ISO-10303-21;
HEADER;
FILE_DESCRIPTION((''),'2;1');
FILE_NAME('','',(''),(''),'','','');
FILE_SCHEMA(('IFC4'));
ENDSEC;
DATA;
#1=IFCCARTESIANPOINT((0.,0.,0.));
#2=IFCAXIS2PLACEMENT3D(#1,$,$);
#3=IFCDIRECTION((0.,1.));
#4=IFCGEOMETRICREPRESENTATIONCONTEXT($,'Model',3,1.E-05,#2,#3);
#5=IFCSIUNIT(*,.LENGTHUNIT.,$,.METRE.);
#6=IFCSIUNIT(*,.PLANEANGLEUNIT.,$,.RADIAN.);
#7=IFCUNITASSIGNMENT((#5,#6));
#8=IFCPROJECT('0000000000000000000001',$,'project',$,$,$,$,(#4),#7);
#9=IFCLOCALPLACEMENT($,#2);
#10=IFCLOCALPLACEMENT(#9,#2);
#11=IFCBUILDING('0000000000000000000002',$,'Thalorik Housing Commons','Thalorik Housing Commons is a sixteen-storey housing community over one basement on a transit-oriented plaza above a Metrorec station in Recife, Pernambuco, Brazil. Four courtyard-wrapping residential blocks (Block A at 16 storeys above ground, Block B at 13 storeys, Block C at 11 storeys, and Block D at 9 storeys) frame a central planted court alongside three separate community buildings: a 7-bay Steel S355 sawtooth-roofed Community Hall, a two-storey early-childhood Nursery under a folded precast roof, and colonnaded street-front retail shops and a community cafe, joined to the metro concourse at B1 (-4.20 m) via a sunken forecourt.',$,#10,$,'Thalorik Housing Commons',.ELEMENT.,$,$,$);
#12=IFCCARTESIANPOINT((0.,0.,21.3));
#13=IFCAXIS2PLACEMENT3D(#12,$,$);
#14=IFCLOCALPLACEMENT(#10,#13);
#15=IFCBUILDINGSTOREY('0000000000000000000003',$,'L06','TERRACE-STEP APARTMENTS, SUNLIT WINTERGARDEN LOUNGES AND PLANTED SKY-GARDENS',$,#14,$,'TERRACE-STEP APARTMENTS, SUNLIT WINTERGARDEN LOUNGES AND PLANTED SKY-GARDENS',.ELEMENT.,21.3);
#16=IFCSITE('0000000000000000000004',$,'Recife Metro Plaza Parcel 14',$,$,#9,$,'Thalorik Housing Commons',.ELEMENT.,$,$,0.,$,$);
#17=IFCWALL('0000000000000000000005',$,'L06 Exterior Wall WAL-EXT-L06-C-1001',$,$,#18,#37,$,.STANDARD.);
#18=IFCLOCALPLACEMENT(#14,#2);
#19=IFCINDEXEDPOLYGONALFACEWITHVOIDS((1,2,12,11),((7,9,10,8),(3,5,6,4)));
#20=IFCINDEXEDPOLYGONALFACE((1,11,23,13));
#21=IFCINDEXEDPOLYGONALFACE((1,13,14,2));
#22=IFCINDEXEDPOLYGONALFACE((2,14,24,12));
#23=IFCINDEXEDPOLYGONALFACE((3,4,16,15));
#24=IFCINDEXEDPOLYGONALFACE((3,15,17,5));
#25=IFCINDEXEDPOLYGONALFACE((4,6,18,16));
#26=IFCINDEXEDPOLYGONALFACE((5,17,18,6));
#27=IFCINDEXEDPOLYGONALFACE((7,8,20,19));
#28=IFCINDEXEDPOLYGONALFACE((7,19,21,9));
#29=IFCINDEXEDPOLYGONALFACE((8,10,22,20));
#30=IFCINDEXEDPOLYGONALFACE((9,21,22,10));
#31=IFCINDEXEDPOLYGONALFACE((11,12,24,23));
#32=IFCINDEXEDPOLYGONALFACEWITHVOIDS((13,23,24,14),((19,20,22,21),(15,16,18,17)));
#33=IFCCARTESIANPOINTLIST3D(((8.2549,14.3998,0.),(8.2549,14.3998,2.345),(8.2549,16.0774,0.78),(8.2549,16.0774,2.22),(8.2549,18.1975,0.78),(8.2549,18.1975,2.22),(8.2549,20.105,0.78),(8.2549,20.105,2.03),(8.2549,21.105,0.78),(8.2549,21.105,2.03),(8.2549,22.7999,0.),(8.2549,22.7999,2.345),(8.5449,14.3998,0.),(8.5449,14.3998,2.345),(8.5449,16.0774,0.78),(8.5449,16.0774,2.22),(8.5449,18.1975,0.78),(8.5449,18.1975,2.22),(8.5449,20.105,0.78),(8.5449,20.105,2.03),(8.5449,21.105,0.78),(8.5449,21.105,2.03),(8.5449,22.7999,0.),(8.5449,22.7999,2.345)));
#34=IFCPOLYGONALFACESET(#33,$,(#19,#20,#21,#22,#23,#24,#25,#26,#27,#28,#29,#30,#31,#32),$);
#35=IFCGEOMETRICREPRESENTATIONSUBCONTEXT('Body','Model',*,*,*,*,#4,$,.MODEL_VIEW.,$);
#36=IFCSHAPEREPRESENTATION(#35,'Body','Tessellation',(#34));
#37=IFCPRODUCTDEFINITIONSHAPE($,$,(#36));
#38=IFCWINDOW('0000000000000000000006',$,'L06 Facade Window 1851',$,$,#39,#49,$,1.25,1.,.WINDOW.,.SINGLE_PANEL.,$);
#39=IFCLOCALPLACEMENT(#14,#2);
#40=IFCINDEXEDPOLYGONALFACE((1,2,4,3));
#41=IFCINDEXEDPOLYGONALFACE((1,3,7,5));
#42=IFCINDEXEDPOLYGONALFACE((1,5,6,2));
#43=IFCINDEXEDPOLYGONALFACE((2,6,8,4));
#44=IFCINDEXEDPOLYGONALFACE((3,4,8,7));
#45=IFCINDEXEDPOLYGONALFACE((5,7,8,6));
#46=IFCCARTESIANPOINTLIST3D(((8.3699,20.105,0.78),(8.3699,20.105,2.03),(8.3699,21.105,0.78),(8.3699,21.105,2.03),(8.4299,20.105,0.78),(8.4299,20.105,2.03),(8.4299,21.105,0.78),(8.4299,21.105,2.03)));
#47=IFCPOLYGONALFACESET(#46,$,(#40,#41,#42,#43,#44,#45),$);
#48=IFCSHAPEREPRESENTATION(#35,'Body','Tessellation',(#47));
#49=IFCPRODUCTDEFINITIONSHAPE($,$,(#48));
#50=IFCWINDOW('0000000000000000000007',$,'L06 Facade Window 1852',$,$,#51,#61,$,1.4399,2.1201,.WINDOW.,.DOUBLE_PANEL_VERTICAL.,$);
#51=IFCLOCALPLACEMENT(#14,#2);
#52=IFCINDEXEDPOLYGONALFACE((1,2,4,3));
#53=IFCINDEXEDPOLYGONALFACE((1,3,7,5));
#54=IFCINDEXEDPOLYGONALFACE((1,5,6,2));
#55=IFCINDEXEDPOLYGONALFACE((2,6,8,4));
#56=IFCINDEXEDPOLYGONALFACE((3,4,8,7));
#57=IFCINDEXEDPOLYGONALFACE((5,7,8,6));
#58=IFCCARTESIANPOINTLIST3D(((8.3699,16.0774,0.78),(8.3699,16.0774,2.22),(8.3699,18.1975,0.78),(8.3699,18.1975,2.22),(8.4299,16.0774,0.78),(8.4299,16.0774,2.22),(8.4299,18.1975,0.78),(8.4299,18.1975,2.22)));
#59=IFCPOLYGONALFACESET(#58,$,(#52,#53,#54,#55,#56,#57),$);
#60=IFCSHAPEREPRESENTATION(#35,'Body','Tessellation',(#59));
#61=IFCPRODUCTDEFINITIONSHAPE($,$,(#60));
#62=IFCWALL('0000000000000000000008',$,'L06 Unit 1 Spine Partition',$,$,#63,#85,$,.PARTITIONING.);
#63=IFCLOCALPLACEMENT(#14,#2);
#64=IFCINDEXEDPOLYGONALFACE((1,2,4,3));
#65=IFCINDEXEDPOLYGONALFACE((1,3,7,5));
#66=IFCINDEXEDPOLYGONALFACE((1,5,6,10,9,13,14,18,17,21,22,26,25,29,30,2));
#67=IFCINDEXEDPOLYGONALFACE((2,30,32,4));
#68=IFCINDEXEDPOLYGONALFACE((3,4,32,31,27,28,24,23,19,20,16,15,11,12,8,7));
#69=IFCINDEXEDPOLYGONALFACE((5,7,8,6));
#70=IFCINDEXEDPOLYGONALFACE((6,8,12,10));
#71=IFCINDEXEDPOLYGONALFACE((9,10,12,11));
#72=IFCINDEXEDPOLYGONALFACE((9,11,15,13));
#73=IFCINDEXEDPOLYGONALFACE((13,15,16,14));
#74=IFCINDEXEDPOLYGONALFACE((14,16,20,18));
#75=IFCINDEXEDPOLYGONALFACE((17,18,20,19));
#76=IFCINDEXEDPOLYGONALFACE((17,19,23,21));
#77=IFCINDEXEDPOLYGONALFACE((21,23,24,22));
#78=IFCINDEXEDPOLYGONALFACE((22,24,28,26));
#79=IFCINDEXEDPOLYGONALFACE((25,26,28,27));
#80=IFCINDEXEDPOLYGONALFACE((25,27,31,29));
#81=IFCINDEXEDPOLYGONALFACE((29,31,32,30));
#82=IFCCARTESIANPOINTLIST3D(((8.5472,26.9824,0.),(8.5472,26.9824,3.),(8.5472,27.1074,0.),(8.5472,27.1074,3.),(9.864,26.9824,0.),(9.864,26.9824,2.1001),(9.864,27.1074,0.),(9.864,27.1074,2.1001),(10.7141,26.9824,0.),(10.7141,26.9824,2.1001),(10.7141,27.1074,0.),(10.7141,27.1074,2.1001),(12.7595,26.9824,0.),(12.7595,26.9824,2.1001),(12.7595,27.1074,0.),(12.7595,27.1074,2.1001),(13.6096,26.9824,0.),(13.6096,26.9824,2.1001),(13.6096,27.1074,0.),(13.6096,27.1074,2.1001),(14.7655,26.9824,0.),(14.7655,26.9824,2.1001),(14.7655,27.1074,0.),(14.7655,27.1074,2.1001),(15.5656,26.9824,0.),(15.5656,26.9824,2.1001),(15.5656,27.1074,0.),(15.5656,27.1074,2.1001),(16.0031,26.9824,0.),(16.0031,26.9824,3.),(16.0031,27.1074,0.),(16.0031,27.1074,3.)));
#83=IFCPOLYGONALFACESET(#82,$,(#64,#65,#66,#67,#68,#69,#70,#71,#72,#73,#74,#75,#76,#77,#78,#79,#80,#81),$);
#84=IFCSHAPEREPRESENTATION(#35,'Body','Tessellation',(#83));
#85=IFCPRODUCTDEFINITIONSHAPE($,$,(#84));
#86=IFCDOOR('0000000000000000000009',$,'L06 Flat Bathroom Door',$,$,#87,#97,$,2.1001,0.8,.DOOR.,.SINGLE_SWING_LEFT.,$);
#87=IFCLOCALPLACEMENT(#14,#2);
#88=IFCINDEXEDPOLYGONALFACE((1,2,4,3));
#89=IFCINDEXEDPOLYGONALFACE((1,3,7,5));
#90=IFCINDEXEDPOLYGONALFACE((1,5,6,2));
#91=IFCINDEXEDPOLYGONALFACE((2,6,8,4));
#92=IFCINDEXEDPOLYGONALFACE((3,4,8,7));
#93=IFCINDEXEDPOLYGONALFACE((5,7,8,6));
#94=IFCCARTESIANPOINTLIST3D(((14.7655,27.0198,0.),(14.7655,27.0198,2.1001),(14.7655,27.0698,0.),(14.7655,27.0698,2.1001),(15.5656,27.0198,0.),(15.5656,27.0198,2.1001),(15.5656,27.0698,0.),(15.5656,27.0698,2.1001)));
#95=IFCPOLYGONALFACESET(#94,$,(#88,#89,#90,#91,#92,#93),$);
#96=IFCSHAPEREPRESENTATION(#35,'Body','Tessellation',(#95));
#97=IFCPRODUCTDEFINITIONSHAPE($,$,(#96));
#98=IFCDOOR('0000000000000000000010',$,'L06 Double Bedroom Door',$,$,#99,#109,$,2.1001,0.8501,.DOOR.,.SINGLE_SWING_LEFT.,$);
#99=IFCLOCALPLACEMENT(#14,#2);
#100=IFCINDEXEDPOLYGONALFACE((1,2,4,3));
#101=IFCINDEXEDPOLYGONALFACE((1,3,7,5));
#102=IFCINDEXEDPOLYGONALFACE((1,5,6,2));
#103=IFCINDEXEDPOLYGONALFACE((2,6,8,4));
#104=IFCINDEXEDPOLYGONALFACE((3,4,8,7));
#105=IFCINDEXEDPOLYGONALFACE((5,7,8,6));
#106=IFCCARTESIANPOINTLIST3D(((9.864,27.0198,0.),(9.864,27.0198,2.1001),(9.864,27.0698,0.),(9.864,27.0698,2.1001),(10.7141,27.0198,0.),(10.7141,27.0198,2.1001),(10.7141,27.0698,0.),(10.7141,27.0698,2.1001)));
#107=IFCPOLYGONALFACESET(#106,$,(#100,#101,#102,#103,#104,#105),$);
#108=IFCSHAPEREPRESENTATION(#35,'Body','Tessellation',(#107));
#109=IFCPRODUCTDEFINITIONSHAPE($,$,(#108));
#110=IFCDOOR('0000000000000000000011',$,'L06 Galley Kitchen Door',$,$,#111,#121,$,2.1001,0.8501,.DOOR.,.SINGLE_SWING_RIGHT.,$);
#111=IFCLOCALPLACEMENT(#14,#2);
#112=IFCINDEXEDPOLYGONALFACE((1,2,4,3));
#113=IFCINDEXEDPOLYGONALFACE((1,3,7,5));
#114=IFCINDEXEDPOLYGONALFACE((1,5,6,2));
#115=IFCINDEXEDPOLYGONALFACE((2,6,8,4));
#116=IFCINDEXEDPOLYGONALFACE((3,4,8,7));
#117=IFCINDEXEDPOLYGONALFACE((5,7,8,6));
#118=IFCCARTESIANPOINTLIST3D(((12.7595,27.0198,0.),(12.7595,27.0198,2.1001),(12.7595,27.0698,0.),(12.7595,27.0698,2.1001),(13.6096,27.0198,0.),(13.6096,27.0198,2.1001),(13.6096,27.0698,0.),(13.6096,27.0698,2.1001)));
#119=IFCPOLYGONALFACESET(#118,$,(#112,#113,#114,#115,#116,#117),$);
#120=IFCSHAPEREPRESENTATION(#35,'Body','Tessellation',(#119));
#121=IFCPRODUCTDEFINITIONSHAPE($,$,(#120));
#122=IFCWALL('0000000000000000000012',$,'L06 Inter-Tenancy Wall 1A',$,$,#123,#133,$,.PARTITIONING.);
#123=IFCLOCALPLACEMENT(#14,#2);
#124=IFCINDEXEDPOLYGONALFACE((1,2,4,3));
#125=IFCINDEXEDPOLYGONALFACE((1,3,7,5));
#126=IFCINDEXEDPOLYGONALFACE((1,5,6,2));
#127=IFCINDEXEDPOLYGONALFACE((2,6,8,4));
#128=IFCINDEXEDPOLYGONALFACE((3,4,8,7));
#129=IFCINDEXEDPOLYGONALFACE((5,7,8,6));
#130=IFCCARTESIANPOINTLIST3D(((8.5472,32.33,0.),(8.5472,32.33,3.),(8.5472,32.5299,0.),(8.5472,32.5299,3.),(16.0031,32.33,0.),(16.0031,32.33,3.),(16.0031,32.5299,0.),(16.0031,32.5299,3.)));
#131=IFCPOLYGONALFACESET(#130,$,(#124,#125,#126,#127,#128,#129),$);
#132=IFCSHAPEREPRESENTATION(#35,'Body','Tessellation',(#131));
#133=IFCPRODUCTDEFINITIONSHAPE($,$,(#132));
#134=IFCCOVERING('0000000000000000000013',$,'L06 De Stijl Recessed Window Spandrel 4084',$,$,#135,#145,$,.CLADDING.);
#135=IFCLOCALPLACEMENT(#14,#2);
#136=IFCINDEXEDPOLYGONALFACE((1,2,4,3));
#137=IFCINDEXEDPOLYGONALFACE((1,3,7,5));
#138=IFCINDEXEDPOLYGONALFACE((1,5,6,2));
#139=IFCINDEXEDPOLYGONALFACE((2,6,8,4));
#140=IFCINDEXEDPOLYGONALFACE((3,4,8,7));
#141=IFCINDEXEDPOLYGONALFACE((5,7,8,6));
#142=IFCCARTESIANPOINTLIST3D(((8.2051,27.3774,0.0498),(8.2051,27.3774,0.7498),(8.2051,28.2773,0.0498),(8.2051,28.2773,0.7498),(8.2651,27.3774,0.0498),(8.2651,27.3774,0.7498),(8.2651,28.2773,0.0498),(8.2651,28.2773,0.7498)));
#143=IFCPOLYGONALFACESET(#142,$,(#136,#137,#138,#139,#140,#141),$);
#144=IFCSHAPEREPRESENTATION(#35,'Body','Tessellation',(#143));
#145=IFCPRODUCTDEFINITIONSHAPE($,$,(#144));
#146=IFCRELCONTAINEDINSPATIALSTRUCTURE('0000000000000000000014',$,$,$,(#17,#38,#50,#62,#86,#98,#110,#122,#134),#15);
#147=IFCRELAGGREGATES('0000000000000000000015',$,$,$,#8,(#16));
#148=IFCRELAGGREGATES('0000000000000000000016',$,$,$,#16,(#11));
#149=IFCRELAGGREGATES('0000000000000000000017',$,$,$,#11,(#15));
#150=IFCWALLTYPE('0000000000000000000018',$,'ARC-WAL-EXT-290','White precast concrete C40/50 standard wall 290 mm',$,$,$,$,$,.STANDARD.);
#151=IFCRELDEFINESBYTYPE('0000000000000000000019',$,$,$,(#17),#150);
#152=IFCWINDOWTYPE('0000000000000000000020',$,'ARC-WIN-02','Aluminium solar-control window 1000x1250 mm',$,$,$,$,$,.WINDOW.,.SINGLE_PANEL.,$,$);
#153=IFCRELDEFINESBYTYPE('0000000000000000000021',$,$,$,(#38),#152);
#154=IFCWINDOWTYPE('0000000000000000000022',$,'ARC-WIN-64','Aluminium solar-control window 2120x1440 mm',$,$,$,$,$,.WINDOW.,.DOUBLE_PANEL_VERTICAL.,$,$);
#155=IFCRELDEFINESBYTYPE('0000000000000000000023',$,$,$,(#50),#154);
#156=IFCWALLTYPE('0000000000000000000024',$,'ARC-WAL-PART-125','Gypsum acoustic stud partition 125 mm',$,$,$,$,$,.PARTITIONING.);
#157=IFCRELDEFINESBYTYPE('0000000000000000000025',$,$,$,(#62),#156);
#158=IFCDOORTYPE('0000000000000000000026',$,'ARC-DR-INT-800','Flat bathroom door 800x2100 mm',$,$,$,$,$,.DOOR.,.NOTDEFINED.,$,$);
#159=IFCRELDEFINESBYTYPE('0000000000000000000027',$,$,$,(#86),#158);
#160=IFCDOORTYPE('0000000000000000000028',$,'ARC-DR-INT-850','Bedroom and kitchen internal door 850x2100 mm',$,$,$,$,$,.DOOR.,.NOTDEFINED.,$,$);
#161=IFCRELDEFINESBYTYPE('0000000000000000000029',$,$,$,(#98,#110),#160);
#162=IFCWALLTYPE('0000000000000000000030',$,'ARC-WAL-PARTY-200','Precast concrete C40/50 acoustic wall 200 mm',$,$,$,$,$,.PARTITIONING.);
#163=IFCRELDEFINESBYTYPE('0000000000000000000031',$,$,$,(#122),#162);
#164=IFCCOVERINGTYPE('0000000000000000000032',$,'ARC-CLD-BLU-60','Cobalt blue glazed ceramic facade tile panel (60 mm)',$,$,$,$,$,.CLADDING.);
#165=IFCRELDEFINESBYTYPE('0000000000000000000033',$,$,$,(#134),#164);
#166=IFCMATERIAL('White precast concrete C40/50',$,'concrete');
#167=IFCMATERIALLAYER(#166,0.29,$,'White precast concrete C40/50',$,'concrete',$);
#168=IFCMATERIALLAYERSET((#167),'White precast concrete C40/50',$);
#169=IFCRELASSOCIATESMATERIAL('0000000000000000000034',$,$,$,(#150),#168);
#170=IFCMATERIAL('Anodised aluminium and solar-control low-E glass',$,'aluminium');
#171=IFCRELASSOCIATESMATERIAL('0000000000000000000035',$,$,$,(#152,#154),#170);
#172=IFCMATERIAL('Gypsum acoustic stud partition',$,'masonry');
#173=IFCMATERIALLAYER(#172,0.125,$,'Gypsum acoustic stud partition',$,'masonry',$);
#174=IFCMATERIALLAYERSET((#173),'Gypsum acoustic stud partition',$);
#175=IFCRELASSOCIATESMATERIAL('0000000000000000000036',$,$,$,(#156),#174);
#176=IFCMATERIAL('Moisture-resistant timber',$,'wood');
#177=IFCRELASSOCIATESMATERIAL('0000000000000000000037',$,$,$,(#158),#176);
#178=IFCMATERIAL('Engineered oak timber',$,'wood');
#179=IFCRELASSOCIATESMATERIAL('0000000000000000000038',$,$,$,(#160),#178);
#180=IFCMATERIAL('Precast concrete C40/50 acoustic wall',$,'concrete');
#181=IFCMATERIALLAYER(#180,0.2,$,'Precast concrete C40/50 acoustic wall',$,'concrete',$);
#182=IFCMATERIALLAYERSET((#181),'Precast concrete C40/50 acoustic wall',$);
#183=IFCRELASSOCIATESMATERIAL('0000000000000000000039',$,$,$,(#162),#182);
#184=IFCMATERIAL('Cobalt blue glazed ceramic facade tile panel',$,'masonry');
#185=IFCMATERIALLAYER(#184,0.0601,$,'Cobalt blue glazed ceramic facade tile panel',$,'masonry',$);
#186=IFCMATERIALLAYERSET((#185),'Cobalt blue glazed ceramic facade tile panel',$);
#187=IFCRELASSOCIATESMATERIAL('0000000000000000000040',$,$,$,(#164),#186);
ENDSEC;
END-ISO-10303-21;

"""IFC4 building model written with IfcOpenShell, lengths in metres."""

from ifc_helpers import new_model, si_unit, direction, frame, frame_2d, origin, origin_2d, place, context, subcontext, project, spatial, rectangle, extrude, material, layer, layer_set, type_object, element, fill, save


model = new_model("IFC4")

# Units and contexts
model_context = context("Model", 3, precision=1e-05, world=origin(), true_north=direction((0.0, 1.0)))
body_context = subcontext(model_context, "Body", "Model", "MODEL_VIEW")
ifc_project = project(units=[si_unit("LENGTHUNIT", "METRE"), si_unit("PLANEANGLEUNIT", "RADIAN")], contexts=[model_context])

# Site, building, storey
site_placement = place(None, origin())
site = spatial("IfcSite", under=ifc_project, at=site_placement, Name="Recife Metro Plaza Parcel 14", LongName="Thalorik Housing Commons", CompositionType="ELEMENT", RefElevation=0.0)
building_placement = place(site_placement, origin())
building = spatial("IfcBuilding", under=site, at=building_placement, Name="Thalorik Housing Commons", Description="Thalorik Housing Commons is a sixteen-storey housing community over one basement on a transit-oriented plaza above a Metrorec station in Recife, Pernambuco, Brazil. Four courtyard-wrapping residential blocks (Block A at 16 storeys above ground, Block B at 13 storeys, Block C at 11 storeys, and Block D at 9 storeys) frame a central planted court alongside three separate community buildings: a 7-bay Steel S355 sawtooth-roofed Community Hall, a two-storey early-childhood Nursery under a folded precast roof, and colonnaded street-front retail shops and a community cafe, joined to the metro concourse at B1 (-4.20 m) via a sunken forecourt.", LongName="Thalorik Housing Commons", CompositionType="ELEMENT")
storey_placement = place(building_placement, frame((0.0, 0.0, 21.3)))
storey = spatial("IfcBuildingStorey", under=building, at=storey_placement, Name="L06", Description="TERRACE-STEP APARTMENTS, SUNLIT WINTERGARDEN LOUNGES AND PLANTED SKY-GARDENS", LongName="TERRACE-STEP APARTMENTS, SUNLIT WINTERGARDEN LOUNGES AND PLANTED SKY-GARDENS", CompositionType="ELEMENT", Elevation=21.3)

# Shared definitions
ifc_material_1 = material(Name="White precast concrete C40/50", Category="concrete")
ifc_layer_1 = layer(ifc_material_1, 0.29, Name="White precast concrete C40/50", Category="concrete")
ifc_layer_set_1 = layer_set([ifc_layer_1], Name="White precast concrete C40/50")
wall_type_1 = type_object("IfcWallType", Name="ARC-WAL-EXT-290", Description="White precast concrete C40/50 standard wall 290 mm", PredefinedType="STANDARD", material=ifc_layer_set_1)
ifc_material_2 = material(Name="Anodised aluminium and solar-control low-E glass", Category="aluminium")

# Wall, openings, windows
wall_1_placement = place(storey_placement, frame((8.3999, 22.8, 0.0), z_axis=(0.0, 0.0, 1.0), x_axis=(0.0, -1.0, 0.0)))
wall_1 = element("IfcWall", 1, at=wall_1_placement, inside=storey, type_object=wall_type_1, Name="L06 Exterior Wall WAL-EXT-L06-C-1001", PredefinedType="STANDARD", context=body_context, shape_type="SweptSolid", body=[
    extrude(rectangle(XDim=8.4001, YDim=0.29, at=frame_2d((4.2002, 0.0))), origin(), (0.0, 0.0, 1.0), 2.345),
])
opening_1_placement = place(wall_1_placement, frame((1.6951, 0.0, 0.78)))
opening_1 = element("IfcOpeningElement", 2, at=opening_1_placement, cuts=wall_1, PredefinedType="OPENING", context=body_context, shape_type="SweptSolid", body=[
    extrude(rectangle(XDim=1.0, YDim=1.25, at=frame_2d((0.5, 0.625))), frame((0.0, 0.155, 0.0), z_axis=(0.0, -1.0, 0.0), x_axis=(1.0, 0.0, 0.0)), (0.0, 0.0, 1.0), 0.3101),
])
opening_2_placement = place(wall_1_placement, frame((4.6025, 0.0, 0.78)))
opening_2 = element("IfcOpeningElement", 3, at=opening_2_placement, cuts=wall_1, PredefinedType="OPENING", context=body_context, shape_type="SweptSolid", body=[
    extrude(rectangle(XDim=2.1201, YDim=1.4399, at=frame_2d((1.0601, 0.72))), frame((0.0, 0.155, 0.0), z_axis=(0.0, -1.0, 0.0), x_axis=(1.0, 0.0, 0.0)), (0.0, 0.0, 1.0), 0.3101),
])
window_type_1 = type_object("IfcWindowType", Name="ARC-WIN-02", Description="Aluminium solar-control window 1000x1250 mm", PartitioningType="SINGLE_PANEL", PredefinedType="WINDOW", material=ifc_material_2)
window_1_placement = place(opening_1_placement, origin())
window_1 = element("IfcWindow", 4, at=window_1_placement, inside=storey, type_object=window_type_1, Name="L06 Facade Window 1851", OverallHeight=1.25, OverallWidth=1.0, PartitioningType="SINGLE_PANEL", PredefinedType="WINDOW", context=body_context, shape_type="SweptSolid", body=[
    extrude(rectangle(XDim=1.0, YDim=1.25, at=frame_2d((0.5, 0.625))), frame((0.0, 0.03, 0.0), z_axis=(0.0, -1.0, 0.0), x_axis=(1.0, 0.0, 0.0)), (0.0, 0.0, 1.0), 0.0601),
])
fill(opening_1, window_1)
window_type_2 = type_object("IfcWindowType", Name="ARC-WIN-64", Description="Aluminium solar-control window 2120x1440 mm", PartitioningType="DOUBLE_PANEL_VERTICAL", PredefinedType="WINDOW", material=ifc_material_2)
window_2_placement = place(opening_2_placement, origin())
window_2 = element("IfcWindow", 5, at=window_2_placement, inside=storey, type_object=window_type_2, Name="L06 Facade Window 1852", OverallHeight=1.4399, OverallWidth=2.1201, PartitioningType="DOUBLE_PANEL_VERTICAL", PredefinedType="WINDOW", context=body_context, shape_type="SweptSolid", body=[
    extrude(rectangle(XDim=2.1201, YDim=1.4399, at=frame_2d((1.0601, 0.72))), frame((0.0, 0.03, 0.0), z_axis=(0.0, -1.0, 0.0), x_axis=(1.0, 0.0, 0.0)), (0.0, 0.0, 1.0), 0.0601),
])
fill(opening_2, window_2)

# Wall, openings, doors
ifc_material_3 = material(Name="Gypsum acoustic stud partition", Category="masonry")
ifc_layer_2 = layer(ifc_material_3, 0.125, Name="Gypsum acoustic stud partition", Category="masonry")
ifc_layer_set_2 = layer_set([ifc_layer_2], Name="Gypsum acoustic stud partition")
wall_type_2 = type_object("IfcWallType", Name="ARC-WAL-PART-125", Description="Gypsum acoustic stud partition 125 mm", PredefinedType="PARTITIONING", material=ifc_layer_set_2)
wall_2_placement = place(storey_placement, frame((8.5471, 27.0449, 0.0), z_axis=(0.0, 0.0, 1.0), x_axis=(1.0, 0.0, 0.0)))
wall_2 = element("IfcWall", 6, at=wall_2_placement, inside=storey, type_object=wall_type_2, Name="L06 Unit 1 Spine Partition", PredefinedType="PARTITIONING", context=body_context, shape_type="SweptSolid", body=[
    extrude(rectangle(XDim=7.4558, YDim=0.125, at=frame_2d((3.728, 0.0))), origin(), (0.0, 0.0, 1.0), 3.0),
])
opening_3_placement = place(wall_2_placement, frame((1.3169, 0.0, 0.0)))
opening_3 = element("IfcOpeningElement", 7, at=opening_3_placement, cuts=wall_2, PredefinedType="OPENING", context=body_context, shape_type="SweptSolid", body=[
    extrude(rectangle(XDim=0.8501, YDim=2.1001, at=frame_2d((0.425, 1.05))), frame((0.0, 0.0725, 0.0), z_axis=(0.0, -1.0, 0.0), x_axis=(1.0, 0.0, 0.0)), (0.0, 0.0, 1.0), 0.145),
])
opening_4_placement = place(wall_2_placement, frame((4.2124, 0.0, 0.0)))
opening_4 = element("IfcOpeningElement", 8, at=opening_4_placement, cuts=wall_2, PredefinedType="OPENING", context=body_context, shape_type="SweptSolid", body=[
    extrude(rectangle(XDim=0.8501, YDim=2.1001, at=frame_2d((0.425, 1.05))), frame((0.0, 0.0725, 0.0), z_axis=(0.0, -1.0, 0.0), x_axis=(1.0, 0.0, 0.0)), (0.0, 0.0, 1.0), 0.145),
])
opening_5_placement = place(wall_2_placement, frame((6.2185, 0.0, 0.0)))
opening_5 = element("IfcOpeningElement", 9, at=opening_5_placement, cuts=wall_2, PredefinedType="OPENING", context=body_context, shape_type="SweptSolid", body=[
    extrude(rectangle(XDim=0.8, YDim=2.1001, at=frame_2d((0.3999, 1.05))), frame((0.0, 0.0725, 0.0), z_axis=(0.0, -1.0, 0.0), x_axis=(1.0, 0.0, 0.0)), (0.0, 0.0, 1.0), 0.145),
])
ifc_material_4 = material(Name="Moisture-resistant timber", Category="wood")
door_type_1 = type_object("IfcDoorType", Name="ARC-DR-INT-800", Description="Flat bathroom door 800x2100 mm", OperationType="NOTDEFINED", PredefinedType="DOOR", material=ifc_material_4)
door_1_placement = place(opening_5_placement, origin())
door_1 = element("IfcDoor", 10, at=door_1_placement, inside=storey, type_object=door_type_1, Name="L06 Flat Bathroom Door", OperationType="SINGLE_SWING_LEFT", OverallHeight=2.1001, OverallWidth=0.8, PredefinedType="DOOR", context=body_context, shape_type="SweptSolid", body=[
    extrude(rectangle(XDim=0.8, YDim=2.1001, at=frame_2d((0.3999, 1.05))), frame((0.0, 0.0249, 0.0), z_axis=(0.0, -1.0, 0.0), x_axis=(1.0, 0.0, 0.0)), (0.0, 0.0, 1.0), 0.05),
])
fill(opening_5, door_1)
ifc_material_5 = material(Name="Engineered oak timber", Category="wood")
door_type_2 = type_object("IfcDoorType", Name="ARC-DR-INT-850", Description="Bedroom and kitchen internal door 850x2100 mm", OperationType="NOTDEFINED", PredefinedType="DOOR", material=ifc_material_5)
door_2_placement = place(opening_3_placement, origin())
door_2 = element("IfcDoor", 11, at=door_2_placement, inside=storey, type_object=door_type_2, Name="L06 Double Bedroom Door", OperationType="SINGLE_SWING_LEFT", OverallHeight=2.1001, OverallWidth=0.8501, PredefinedType="DOOR", context=body_context, shape_type="SweptSolid", body=[
    extrude(rectangle(XDim=0.8501, YDim=2.1001, at=frame_2d((0.425, 1.05))), frame((0.0, 0.0249, 0.0), z_axis=(0.0, -1.0, 0.0), x_axis=(1.0, 0.0, 0.0)), (0.0, 0.0, 1.0), 0.05),
])
fill(opening_3, door_2)
door_3_placement = place(opening_4_placement, origin())
door_3 = element("IfcDoor", 12, at=door_3_placement, inside=storey, type_object=door_type_2, Name="L06 Galley Kitchen Door", OperationType="SINGLE_SWING_RIGHT", OverallHeight=2.1001, OverallWidth=0.8501, PredefinedType="DOOR", context=body_context, shape_type="SweptSolid", body=[
    extrude(rectangle(XDim=0.8501, YDim=2.1001, at=frame_2d((0.425, 1.05))), frame((0.0, 0.0249, 0.0), z_axis=(0.0, -1.0, 0.0), x_axis=(1.0, 0.0, 0.0)), (0.0, 0.0, 1.0), 0.05),
])
fill(opening_4, door_3)

# Wall
ifc_material_6 = material(Name="Precast concrete C40/50 acoustic wall", Category="concrete")
ifc_layer_3 = layer(ifc_material_6, 0.2, Name="Precast concrete C40/50 acoustic wall", Category="concrete")
ifc_layer_set_3 = layer_set([ifc_layer_3], Name="Precast concrete C40/50 acoustic wall")
wall_type_3 = type_object("IfcWallType", Name="ARC-WAL-PARTY-200", Description="Precast concrete C40/50 acoustic wall 200 mm", PredefinedType="PARTITIONING", material=ifc_layer_set_3)
wall_3_placement = place(storey_placement, frame((8.5471, 32.4299, 0.0), z_axis=(0.0, 0.0, 1.0), x_axis=(1.0, 0.0, 0.0)))
element("IfcWall", 13, at=wall_3_placement, inside=storey, type_object=wall_type_3, Name="L06 Inter-Tenancy Wall 1A", PredefinedType="PARTITIONING", context=body_context, shape_type="SweptSolid", body=[
    extrude(rectangle(XDim=7.4558, YDim=0.2, at=frame_2d((3.728, 0.0))), origin(), (0.0, 0.0, 1.0), 3.0),
])

# Covering
ifc_material_7 = material(Name="Cobalt blue glazed ceramic facade tile panel", Category="masonry")
ifc_layer_4 = layer(ifc_material_7, 0.0601, Name="Cobalt blue glazed ceramic facade tile panel", Category="masonry")
ifc_layer_set_4 = layer_set([ifc_layer_4], Name="Cobalt blue glazed ceramic facade tile panel")
covering_type_1 = type_object("IfcCoveringType", Name="ARC-CLD-BLU-60", Description="Cobalt blue glazed ceramic facade tile panel (60 mm)", PredefinedType="CLADDING", material=ifc_layer_set_4)
covering_1_placement = place(storey_placement, frame((8.2351, 27.8274, 0.0498), z_axis=(0.0, 0.0, 1.0), x_axis=(0.0, -1.0, 0.0)))
element("IfcCovering", 14, at=covering_1_placement, inside=storey, type_object=covering_type_1, Name="L06 De Stijl Recessed Window Spandrel 4084", PredefinedType="CLADDING", context=body_context, shape_type="SweptSolid", body=[
    extrude(rectangle(XDim=0.8999, YDim=0.0601, at=origin_2d()), origin(), (0.0, 0.0, 1.0), 0.7),
])

save(model, "model.ifc")
